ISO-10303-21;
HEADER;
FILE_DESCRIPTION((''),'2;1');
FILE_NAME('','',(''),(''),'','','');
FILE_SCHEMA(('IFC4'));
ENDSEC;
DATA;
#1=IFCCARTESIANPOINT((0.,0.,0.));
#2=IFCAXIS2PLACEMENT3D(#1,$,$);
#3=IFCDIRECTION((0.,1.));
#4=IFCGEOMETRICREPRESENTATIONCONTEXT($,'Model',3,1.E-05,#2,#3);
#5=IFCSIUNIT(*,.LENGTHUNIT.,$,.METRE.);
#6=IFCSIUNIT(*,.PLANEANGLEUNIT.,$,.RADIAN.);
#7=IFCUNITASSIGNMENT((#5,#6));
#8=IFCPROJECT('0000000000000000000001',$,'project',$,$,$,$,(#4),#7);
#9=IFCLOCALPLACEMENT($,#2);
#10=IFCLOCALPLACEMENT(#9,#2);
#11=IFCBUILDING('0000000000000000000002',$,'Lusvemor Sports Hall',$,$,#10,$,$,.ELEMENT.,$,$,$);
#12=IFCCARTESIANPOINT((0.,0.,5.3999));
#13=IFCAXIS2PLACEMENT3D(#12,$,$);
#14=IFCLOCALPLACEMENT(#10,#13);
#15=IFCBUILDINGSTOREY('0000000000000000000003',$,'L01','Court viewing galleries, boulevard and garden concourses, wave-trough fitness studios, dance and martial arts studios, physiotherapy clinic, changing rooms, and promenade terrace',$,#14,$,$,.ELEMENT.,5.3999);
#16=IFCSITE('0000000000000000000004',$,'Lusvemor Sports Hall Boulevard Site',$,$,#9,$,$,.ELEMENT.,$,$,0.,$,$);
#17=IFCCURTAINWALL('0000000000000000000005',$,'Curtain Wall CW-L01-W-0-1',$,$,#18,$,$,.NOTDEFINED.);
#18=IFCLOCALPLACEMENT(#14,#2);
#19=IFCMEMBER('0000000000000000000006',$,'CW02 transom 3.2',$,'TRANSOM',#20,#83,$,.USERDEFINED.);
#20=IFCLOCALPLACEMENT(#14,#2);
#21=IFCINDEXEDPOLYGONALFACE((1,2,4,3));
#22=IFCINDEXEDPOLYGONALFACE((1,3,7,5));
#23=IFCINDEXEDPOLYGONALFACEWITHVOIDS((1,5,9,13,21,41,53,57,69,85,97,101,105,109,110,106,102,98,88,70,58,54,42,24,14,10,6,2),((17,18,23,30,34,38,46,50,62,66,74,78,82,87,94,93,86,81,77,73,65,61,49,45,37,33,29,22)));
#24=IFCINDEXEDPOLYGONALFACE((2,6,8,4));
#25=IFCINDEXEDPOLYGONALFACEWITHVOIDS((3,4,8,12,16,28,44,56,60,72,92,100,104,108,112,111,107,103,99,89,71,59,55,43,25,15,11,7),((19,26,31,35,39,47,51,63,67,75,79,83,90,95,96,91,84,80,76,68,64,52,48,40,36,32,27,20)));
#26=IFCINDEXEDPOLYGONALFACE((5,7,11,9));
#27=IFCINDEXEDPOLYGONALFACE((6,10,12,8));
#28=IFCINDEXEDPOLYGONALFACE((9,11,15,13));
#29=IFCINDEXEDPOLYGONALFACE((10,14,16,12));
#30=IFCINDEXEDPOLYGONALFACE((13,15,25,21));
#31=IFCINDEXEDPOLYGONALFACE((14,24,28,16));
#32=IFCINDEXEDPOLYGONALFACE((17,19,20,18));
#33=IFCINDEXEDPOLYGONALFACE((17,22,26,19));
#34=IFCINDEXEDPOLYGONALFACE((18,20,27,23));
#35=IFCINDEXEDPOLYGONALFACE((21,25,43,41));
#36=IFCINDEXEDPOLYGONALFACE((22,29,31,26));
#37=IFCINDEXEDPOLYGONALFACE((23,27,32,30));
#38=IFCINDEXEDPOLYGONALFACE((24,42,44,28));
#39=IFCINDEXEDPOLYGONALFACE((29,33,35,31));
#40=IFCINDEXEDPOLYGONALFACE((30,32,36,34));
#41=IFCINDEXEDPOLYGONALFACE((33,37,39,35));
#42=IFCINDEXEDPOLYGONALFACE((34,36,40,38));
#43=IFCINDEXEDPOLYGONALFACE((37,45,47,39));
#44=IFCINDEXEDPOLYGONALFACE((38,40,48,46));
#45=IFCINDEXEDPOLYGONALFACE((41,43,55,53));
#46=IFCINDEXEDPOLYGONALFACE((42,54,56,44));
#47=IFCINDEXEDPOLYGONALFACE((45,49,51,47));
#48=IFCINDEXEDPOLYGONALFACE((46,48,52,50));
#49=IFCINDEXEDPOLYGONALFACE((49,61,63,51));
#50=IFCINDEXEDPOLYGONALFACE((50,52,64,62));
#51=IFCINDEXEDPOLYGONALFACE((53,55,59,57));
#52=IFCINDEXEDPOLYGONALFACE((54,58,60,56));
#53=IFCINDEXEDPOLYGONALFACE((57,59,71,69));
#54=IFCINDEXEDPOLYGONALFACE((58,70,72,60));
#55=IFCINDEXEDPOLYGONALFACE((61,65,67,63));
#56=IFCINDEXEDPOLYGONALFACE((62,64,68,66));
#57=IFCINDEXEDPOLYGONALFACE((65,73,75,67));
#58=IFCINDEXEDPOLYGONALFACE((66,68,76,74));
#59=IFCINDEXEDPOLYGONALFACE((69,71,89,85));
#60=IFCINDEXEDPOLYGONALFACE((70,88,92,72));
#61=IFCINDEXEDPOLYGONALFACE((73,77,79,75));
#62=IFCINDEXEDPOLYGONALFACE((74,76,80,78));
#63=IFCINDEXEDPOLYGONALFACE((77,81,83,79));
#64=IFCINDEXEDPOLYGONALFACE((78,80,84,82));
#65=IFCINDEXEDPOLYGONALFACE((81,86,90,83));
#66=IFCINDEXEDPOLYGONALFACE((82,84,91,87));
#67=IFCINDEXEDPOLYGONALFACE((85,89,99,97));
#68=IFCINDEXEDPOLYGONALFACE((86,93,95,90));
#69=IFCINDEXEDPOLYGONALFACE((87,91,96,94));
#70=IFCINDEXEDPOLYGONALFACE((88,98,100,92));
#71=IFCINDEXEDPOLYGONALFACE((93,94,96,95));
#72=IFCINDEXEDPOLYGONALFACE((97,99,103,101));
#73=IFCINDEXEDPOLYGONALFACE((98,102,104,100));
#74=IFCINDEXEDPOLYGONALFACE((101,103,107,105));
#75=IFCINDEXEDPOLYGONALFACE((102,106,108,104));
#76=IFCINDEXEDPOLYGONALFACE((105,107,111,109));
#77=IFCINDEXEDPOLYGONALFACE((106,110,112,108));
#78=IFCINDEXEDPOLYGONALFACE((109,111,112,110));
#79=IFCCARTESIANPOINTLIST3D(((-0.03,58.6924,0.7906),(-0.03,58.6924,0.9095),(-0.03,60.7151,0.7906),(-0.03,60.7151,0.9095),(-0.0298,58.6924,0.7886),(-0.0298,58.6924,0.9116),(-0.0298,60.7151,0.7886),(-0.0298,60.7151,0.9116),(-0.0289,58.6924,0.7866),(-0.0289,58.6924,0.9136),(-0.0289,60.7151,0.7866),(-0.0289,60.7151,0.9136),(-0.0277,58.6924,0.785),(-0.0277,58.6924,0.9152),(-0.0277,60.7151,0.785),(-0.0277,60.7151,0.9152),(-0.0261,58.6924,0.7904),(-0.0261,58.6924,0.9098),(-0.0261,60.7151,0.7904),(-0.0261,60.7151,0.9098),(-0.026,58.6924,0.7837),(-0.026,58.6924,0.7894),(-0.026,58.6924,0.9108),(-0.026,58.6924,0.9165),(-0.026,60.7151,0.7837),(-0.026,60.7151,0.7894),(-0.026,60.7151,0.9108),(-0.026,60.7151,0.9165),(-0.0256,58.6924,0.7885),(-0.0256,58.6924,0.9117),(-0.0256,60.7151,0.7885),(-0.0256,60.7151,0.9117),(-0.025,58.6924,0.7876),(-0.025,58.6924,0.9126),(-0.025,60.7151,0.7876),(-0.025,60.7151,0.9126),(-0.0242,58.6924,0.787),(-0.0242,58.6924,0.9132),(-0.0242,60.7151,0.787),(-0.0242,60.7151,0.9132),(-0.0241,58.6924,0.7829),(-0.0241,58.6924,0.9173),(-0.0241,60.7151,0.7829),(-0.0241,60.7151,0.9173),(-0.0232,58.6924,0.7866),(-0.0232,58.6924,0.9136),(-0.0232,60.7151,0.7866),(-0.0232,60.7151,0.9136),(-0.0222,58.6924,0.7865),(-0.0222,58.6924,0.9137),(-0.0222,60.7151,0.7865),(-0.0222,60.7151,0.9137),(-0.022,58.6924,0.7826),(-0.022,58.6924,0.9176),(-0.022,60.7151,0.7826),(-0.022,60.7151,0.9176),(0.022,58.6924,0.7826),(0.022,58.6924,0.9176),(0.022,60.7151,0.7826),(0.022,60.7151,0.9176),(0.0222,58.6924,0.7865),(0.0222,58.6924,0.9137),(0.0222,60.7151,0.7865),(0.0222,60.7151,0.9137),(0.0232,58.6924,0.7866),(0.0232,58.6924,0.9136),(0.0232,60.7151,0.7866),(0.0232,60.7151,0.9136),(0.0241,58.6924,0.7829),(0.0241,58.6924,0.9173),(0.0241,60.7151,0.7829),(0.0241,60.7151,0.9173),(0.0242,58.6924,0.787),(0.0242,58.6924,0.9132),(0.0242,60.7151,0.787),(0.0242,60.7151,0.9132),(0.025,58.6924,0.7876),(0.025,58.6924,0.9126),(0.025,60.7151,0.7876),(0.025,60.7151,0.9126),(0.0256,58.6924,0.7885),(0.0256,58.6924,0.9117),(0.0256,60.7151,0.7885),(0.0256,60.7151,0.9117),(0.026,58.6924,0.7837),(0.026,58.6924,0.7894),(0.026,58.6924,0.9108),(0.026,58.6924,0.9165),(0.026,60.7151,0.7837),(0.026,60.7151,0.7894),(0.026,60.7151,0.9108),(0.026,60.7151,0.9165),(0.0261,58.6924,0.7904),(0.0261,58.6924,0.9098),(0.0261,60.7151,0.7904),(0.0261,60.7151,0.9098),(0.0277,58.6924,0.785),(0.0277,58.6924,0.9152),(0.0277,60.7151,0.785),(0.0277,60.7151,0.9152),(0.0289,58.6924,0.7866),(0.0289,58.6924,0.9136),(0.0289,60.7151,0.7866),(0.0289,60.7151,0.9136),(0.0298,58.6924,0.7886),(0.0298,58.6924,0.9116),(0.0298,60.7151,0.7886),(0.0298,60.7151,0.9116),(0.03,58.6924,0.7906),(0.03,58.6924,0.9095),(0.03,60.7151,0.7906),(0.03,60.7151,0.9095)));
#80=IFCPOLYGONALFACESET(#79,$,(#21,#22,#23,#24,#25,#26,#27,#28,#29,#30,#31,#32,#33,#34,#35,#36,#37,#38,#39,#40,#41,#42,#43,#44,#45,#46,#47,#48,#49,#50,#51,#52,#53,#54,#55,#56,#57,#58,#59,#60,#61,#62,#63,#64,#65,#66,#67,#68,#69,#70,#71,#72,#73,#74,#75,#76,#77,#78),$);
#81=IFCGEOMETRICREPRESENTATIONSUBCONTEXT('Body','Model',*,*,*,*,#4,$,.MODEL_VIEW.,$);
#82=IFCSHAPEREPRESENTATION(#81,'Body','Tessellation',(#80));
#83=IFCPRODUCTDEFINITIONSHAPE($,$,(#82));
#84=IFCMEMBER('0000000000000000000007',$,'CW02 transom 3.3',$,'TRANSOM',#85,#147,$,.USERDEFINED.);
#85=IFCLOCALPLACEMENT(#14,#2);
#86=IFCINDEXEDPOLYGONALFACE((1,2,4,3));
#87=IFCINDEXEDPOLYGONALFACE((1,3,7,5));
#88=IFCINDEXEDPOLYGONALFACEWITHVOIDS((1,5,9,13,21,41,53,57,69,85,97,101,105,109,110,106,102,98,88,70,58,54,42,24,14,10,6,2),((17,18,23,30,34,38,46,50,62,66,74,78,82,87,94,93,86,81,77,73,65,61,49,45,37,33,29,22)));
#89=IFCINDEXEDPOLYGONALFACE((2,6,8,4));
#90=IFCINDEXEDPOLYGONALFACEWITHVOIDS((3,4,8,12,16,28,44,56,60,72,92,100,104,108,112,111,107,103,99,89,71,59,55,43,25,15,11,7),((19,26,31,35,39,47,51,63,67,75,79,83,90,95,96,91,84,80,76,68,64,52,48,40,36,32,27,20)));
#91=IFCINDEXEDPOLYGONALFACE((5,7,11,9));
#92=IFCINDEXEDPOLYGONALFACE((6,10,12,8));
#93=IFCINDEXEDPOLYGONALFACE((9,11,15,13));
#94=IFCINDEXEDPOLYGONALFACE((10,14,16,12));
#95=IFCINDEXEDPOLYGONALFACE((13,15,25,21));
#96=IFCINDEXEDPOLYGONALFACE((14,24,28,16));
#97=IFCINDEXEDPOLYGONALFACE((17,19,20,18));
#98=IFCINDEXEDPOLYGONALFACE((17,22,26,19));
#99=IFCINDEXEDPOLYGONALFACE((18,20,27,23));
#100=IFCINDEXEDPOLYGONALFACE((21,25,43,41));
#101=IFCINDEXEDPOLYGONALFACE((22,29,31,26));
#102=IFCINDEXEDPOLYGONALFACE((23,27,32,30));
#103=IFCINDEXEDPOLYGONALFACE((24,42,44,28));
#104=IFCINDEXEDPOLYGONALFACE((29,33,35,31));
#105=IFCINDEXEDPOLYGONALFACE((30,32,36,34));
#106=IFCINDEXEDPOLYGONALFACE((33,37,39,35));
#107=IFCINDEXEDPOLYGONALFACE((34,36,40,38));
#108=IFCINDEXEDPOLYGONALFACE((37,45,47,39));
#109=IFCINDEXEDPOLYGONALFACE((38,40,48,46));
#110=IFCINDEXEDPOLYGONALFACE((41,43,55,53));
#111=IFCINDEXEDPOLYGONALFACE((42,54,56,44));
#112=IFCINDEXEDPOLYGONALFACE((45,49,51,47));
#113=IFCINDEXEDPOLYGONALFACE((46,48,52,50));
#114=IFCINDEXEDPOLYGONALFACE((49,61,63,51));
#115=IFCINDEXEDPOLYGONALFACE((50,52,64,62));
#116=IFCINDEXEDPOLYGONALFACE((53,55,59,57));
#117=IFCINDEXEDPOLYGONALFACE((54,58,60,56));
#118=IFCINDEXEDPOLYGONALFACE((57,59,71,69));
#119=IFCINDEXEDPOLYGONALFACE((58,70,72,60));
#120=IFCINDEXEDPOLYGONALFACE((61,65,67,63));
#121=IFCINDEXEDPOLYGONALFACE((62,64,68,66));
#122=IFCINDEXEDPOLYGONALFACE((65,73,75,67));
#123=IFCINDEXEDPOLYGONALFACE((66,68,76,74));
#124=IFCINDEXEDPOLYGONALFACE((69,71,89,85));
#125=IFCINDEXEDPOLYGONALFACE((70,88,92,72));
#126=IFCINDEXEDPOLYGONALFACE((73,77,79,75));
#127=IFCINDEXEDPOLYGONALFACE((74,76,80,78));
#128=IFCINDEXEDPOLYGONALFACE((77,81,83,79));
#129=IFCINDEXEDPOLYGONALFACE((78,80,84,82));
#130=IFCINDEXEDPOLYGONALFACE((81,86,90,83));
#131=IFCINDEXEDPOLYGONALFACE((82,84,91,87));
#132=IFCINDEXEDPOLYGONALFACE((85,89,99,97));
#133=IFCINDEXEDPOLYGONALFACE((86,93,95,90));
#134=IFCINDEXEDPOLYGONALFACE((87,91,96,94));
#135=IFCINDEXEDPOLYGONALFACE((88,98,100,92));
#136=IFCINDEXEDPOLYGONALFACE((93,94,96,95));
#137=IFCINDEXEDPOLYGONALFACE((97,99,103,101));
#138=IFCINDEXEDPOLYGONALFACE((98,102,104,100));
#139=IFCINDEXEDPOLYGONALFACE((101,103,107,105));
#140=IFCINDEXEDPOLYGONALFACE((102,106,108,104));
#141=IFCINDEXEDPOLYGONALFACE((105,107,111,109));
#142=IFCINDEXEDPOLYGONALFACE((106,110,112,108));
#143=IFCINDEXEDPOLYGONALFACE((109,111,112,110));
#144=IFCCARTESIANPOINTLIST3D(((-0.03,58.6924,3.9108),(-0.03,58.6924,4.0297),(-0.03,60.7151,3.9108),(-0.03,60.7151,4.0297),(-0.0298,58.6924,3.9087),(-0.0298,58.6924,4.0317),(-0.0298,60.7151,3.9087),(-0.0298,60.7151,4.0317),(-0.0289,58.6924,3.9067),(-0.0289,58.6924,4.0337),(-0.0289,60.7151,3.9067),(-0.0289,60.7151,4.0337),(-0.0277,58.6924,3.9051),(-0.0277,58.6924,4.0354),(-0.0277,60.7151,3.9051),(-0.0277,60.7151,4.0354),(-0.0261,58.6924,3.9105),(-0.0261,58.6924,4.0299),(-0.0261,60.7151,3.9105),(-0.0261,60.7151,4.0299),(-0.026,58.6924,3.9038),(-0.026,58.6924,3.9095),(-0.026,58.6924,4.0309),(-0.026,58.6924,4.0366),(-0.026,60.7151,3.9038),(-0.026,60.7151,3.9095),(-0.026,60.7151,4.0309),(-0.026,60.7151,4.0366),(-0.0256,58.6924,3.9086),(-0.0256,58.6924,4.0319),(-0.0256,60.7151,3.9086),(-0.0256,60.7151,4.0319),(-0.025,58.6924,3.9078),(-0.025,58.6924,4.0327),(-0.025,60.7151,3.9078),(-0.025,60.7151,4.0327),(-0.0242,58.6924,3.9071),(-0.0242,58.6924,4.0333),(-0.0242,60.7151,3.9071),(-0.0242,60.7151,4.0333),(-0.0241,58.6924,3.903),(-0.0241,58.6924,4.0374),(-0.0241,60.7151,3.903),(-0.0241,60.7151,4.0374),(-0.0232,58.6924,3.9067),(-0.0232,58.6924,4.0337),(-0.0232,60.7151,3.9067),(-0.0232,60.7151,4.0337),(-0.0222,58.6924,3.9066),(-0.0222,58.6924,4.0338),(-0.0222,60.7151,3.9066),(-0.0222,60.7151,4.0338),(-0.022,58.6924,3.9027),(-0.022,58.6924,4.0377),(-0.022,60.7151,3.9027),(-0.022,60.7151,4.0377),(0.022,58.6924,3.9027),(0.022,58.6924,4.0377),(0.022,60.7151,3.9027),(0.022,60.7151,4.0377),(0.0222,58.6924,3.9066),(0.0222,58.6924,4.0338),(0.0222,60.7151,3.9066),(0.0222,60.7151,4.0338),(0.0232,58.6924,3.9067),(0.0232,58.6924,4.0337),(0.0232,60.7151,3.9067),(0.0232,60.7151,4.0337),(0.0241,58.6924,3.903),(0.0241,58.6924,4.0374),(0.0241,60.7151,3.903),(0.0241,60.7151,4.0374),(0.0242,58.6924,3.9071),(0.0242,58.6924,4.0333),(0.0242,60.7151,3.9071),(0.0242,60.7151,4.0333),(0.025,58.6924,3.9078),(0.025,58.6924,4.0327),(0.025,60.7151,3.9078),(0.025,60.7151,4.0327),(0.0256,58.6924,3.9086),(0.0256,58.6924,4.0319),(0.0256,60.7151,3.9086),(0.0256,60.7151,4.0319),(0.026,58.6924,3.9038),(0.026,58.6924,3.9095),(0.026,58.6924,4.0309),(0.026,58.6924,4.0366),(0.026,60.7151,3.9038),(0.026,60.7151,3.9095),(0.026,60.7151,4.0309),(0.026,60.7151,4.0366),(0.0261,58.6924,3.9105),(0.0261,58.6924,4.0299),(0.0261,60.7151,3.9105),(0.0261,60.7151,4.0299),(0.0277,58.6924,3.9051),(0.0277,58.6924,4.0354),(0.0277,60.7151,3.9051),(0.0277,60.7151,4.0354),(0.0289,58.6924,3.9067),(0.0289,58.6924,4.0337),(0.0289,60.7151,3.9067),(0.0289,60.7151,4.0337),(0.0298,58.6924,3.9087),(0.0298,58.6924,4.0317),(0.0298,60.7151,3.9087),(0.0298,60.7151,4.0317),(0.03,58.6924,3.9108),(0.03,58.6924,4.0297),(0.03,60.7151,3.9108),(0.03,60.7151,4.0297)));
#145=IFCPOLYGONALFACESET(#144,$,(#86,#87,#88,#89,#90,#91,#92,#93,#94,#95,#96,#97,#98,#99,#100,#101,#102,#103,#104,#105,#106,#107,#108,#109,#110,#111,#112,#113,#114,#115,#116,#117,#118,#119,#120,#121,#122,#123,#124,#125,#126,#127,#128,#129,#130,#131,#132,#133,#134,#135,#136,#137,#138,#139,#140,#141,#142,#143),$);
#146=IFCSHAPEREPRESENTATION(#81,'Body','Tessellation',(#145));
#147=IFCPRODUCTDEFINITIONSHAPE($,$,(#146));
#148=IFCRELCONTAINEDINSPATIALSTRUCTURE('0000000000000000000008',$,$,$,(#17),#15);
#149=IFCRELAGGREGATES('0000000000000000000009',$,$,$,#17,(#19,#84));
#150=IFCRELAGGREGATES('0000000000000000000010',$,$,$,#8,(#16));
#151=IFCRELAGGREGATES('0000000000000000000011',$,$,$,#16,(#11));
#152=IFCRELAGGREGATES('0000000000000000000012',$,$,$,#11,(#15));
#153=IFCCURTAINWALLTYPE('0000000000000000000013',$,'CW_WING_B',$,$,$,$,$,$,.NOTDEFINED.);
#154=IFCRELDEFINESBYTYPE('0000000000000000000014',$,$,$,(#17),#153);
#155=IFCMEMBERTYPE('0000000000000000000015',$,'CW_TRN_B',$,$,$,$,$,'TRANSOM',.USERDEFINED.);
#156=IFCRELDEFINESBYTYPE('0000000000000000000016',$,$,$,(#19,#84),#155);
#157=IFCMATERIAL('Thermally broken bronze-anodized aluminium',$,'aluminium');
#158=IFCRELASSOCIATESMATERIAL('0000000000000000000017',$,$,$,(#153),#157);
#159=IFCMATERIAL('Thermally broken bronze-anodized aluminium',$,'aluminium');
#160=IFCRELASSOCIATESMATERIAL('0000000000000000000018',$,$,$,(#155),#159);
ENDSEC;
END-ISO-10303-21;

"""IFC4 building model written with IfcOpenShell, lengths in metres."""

from ifc_helpers import new_model, si_unit, direction, frame, origin, origin_2d, place, context, subcontext, project, spatial, hollow_rectangle, extrude, material, material_profile, profile_set, type_object, element, aggregate, save


model = new_model("IFC4")

# Units and contexts
model_context = context("Model", 3, precision=1e-05, world=origin(), true_north=direction((0.0, 1.0)))
body_context = subcontext(model_context, "Body", "Model", "MODEL_VIEW")
ifc_project = project(units=[si_unit("LENGTHUNIT", "METRE"), si_unit("PLANEANGLEUNIT", "RADIAN")], contexts=[model_context])

# Site, building, storey
site_placement = place(None, origin())
site = spatial("IfcSite", under=ifc_project, at=site_placement, Name="Lusvemor Sports Hall Boulevard Site", CompositionType="ELEMENT", RefElevation=0.0)
building_placement = place(site_placement, origin())
building = spatial("IfcBuilding", under=site, at=building_placement, Name="Lusvemor Sports Hall", CompositionType="ELEMENT")
storey_placement = place(building_placement, frame((0.0, 0.0, 5.3999)))
storey = spatial("IfcBuildingStorey", under=building, at=storey_placement, Name="L01", Description="Court viewing galleries, boulevard and garden concourses, wave-trough fitness studios, dance and martial arts studios, physiotherapy clinic, changing rooms, and promenade terrace", CompositionType="ELEMENT", Elevation=5.3999)

# Curtain wall
ifc_material_1 = material(Name="Thermally broken bronze-anodized aluminium", Category="aluminium")
curtain_wall_type_1 = type_object("IfcCurtainWallType", Name="CW_WING_B", PredefinedType="NOTDEFINED", material=ifc_material_1)
curtain_wall_1_placement = place(storey_placement, origin())
curtain_wall_1 = element("IfcCurtainWall", 1, at=curtain_wall_1_placement, inside=storey, type_object=curtain_wall_type_1, Name="Curtain Wall CW-L01-W-0-1", PredefinedType="NOTDEFINED")

# Members
ifc_material_2 = material(Name="Thermally broken bronze-anodized aluminium", Category="aluminium")
ifc_material_profile_1 = material_profile(ifc_material_2, hollow_rectangle(XDim=0.0601, YDim=0.135, WallThickness=0.0039, InnerFilletRadius=0.0039, OuterFilletRadius=0.0081, at=origin_2d()), Name="CWTRN135x60x4")
ifc_profile_set_1 = profile_set([ifc_material_profile_1], Name="Thermally broken bronze-anodized aluminium")
member_type_1 = type_object("IfcMemberType", Name="CW_TRN_B", ElementType="TRANSOM", PredefinedType="USERDEFINED", material=ifc_profile_set_1)
member_1_placement = place(storey_placement, frame((0.0, 58.6924, 0.8501), z_axis=(0.0, 1.0, 0.0), x_axis=(-1.0, 0.0, 0.0)))
member_1 = element("IfcMember", 2, at=member_1_placement, type_object=member_type_1, Name="CW02 transom 3.2", ObjectType="TRANSOM", PredefinedType="USERDEFINED", context=body_context, shape_type="SweptSolid", body=[
    extrude(hollow_rectangle(XDim=0.0601, YDim=0.135, WallThickness=0.0039, InnerFilletRadius=0.0039, OuterFilletRadius=0.0081, at=origin_2d()), origin(), (0.0, 0.0, 1.0), 2.0227),
])
member_2_placement = place(storey_placement, frame((0.0, 58.6924, 3.9702), z_axis=(0.0, 1.0, 0.0), x_axis=(-1.0, 0.0, 0.0)))
member_2 = element("IfcMember", 3, at=member_2_placement, type_object=member_type_1, Name="CW02 transom 3.3", ObjectType="TRANSOM", PredefinedType="USERDEFINED", context=body_context, shape_type="SweptSolid", body=[
    extrude(hollow_rectangle(XDim=0.0601, YDim=0.135, WallThickness=0.0039, InnerFilletRadius=0.0039, OuterFilletRadius=0.0081, at=origin_2d()), origin(), (0.0, 0.0, 1.0), 2.0227),
])

aggregate(curtain_wall_1, [member_1, member_2])

save(model, "model.ifc")
